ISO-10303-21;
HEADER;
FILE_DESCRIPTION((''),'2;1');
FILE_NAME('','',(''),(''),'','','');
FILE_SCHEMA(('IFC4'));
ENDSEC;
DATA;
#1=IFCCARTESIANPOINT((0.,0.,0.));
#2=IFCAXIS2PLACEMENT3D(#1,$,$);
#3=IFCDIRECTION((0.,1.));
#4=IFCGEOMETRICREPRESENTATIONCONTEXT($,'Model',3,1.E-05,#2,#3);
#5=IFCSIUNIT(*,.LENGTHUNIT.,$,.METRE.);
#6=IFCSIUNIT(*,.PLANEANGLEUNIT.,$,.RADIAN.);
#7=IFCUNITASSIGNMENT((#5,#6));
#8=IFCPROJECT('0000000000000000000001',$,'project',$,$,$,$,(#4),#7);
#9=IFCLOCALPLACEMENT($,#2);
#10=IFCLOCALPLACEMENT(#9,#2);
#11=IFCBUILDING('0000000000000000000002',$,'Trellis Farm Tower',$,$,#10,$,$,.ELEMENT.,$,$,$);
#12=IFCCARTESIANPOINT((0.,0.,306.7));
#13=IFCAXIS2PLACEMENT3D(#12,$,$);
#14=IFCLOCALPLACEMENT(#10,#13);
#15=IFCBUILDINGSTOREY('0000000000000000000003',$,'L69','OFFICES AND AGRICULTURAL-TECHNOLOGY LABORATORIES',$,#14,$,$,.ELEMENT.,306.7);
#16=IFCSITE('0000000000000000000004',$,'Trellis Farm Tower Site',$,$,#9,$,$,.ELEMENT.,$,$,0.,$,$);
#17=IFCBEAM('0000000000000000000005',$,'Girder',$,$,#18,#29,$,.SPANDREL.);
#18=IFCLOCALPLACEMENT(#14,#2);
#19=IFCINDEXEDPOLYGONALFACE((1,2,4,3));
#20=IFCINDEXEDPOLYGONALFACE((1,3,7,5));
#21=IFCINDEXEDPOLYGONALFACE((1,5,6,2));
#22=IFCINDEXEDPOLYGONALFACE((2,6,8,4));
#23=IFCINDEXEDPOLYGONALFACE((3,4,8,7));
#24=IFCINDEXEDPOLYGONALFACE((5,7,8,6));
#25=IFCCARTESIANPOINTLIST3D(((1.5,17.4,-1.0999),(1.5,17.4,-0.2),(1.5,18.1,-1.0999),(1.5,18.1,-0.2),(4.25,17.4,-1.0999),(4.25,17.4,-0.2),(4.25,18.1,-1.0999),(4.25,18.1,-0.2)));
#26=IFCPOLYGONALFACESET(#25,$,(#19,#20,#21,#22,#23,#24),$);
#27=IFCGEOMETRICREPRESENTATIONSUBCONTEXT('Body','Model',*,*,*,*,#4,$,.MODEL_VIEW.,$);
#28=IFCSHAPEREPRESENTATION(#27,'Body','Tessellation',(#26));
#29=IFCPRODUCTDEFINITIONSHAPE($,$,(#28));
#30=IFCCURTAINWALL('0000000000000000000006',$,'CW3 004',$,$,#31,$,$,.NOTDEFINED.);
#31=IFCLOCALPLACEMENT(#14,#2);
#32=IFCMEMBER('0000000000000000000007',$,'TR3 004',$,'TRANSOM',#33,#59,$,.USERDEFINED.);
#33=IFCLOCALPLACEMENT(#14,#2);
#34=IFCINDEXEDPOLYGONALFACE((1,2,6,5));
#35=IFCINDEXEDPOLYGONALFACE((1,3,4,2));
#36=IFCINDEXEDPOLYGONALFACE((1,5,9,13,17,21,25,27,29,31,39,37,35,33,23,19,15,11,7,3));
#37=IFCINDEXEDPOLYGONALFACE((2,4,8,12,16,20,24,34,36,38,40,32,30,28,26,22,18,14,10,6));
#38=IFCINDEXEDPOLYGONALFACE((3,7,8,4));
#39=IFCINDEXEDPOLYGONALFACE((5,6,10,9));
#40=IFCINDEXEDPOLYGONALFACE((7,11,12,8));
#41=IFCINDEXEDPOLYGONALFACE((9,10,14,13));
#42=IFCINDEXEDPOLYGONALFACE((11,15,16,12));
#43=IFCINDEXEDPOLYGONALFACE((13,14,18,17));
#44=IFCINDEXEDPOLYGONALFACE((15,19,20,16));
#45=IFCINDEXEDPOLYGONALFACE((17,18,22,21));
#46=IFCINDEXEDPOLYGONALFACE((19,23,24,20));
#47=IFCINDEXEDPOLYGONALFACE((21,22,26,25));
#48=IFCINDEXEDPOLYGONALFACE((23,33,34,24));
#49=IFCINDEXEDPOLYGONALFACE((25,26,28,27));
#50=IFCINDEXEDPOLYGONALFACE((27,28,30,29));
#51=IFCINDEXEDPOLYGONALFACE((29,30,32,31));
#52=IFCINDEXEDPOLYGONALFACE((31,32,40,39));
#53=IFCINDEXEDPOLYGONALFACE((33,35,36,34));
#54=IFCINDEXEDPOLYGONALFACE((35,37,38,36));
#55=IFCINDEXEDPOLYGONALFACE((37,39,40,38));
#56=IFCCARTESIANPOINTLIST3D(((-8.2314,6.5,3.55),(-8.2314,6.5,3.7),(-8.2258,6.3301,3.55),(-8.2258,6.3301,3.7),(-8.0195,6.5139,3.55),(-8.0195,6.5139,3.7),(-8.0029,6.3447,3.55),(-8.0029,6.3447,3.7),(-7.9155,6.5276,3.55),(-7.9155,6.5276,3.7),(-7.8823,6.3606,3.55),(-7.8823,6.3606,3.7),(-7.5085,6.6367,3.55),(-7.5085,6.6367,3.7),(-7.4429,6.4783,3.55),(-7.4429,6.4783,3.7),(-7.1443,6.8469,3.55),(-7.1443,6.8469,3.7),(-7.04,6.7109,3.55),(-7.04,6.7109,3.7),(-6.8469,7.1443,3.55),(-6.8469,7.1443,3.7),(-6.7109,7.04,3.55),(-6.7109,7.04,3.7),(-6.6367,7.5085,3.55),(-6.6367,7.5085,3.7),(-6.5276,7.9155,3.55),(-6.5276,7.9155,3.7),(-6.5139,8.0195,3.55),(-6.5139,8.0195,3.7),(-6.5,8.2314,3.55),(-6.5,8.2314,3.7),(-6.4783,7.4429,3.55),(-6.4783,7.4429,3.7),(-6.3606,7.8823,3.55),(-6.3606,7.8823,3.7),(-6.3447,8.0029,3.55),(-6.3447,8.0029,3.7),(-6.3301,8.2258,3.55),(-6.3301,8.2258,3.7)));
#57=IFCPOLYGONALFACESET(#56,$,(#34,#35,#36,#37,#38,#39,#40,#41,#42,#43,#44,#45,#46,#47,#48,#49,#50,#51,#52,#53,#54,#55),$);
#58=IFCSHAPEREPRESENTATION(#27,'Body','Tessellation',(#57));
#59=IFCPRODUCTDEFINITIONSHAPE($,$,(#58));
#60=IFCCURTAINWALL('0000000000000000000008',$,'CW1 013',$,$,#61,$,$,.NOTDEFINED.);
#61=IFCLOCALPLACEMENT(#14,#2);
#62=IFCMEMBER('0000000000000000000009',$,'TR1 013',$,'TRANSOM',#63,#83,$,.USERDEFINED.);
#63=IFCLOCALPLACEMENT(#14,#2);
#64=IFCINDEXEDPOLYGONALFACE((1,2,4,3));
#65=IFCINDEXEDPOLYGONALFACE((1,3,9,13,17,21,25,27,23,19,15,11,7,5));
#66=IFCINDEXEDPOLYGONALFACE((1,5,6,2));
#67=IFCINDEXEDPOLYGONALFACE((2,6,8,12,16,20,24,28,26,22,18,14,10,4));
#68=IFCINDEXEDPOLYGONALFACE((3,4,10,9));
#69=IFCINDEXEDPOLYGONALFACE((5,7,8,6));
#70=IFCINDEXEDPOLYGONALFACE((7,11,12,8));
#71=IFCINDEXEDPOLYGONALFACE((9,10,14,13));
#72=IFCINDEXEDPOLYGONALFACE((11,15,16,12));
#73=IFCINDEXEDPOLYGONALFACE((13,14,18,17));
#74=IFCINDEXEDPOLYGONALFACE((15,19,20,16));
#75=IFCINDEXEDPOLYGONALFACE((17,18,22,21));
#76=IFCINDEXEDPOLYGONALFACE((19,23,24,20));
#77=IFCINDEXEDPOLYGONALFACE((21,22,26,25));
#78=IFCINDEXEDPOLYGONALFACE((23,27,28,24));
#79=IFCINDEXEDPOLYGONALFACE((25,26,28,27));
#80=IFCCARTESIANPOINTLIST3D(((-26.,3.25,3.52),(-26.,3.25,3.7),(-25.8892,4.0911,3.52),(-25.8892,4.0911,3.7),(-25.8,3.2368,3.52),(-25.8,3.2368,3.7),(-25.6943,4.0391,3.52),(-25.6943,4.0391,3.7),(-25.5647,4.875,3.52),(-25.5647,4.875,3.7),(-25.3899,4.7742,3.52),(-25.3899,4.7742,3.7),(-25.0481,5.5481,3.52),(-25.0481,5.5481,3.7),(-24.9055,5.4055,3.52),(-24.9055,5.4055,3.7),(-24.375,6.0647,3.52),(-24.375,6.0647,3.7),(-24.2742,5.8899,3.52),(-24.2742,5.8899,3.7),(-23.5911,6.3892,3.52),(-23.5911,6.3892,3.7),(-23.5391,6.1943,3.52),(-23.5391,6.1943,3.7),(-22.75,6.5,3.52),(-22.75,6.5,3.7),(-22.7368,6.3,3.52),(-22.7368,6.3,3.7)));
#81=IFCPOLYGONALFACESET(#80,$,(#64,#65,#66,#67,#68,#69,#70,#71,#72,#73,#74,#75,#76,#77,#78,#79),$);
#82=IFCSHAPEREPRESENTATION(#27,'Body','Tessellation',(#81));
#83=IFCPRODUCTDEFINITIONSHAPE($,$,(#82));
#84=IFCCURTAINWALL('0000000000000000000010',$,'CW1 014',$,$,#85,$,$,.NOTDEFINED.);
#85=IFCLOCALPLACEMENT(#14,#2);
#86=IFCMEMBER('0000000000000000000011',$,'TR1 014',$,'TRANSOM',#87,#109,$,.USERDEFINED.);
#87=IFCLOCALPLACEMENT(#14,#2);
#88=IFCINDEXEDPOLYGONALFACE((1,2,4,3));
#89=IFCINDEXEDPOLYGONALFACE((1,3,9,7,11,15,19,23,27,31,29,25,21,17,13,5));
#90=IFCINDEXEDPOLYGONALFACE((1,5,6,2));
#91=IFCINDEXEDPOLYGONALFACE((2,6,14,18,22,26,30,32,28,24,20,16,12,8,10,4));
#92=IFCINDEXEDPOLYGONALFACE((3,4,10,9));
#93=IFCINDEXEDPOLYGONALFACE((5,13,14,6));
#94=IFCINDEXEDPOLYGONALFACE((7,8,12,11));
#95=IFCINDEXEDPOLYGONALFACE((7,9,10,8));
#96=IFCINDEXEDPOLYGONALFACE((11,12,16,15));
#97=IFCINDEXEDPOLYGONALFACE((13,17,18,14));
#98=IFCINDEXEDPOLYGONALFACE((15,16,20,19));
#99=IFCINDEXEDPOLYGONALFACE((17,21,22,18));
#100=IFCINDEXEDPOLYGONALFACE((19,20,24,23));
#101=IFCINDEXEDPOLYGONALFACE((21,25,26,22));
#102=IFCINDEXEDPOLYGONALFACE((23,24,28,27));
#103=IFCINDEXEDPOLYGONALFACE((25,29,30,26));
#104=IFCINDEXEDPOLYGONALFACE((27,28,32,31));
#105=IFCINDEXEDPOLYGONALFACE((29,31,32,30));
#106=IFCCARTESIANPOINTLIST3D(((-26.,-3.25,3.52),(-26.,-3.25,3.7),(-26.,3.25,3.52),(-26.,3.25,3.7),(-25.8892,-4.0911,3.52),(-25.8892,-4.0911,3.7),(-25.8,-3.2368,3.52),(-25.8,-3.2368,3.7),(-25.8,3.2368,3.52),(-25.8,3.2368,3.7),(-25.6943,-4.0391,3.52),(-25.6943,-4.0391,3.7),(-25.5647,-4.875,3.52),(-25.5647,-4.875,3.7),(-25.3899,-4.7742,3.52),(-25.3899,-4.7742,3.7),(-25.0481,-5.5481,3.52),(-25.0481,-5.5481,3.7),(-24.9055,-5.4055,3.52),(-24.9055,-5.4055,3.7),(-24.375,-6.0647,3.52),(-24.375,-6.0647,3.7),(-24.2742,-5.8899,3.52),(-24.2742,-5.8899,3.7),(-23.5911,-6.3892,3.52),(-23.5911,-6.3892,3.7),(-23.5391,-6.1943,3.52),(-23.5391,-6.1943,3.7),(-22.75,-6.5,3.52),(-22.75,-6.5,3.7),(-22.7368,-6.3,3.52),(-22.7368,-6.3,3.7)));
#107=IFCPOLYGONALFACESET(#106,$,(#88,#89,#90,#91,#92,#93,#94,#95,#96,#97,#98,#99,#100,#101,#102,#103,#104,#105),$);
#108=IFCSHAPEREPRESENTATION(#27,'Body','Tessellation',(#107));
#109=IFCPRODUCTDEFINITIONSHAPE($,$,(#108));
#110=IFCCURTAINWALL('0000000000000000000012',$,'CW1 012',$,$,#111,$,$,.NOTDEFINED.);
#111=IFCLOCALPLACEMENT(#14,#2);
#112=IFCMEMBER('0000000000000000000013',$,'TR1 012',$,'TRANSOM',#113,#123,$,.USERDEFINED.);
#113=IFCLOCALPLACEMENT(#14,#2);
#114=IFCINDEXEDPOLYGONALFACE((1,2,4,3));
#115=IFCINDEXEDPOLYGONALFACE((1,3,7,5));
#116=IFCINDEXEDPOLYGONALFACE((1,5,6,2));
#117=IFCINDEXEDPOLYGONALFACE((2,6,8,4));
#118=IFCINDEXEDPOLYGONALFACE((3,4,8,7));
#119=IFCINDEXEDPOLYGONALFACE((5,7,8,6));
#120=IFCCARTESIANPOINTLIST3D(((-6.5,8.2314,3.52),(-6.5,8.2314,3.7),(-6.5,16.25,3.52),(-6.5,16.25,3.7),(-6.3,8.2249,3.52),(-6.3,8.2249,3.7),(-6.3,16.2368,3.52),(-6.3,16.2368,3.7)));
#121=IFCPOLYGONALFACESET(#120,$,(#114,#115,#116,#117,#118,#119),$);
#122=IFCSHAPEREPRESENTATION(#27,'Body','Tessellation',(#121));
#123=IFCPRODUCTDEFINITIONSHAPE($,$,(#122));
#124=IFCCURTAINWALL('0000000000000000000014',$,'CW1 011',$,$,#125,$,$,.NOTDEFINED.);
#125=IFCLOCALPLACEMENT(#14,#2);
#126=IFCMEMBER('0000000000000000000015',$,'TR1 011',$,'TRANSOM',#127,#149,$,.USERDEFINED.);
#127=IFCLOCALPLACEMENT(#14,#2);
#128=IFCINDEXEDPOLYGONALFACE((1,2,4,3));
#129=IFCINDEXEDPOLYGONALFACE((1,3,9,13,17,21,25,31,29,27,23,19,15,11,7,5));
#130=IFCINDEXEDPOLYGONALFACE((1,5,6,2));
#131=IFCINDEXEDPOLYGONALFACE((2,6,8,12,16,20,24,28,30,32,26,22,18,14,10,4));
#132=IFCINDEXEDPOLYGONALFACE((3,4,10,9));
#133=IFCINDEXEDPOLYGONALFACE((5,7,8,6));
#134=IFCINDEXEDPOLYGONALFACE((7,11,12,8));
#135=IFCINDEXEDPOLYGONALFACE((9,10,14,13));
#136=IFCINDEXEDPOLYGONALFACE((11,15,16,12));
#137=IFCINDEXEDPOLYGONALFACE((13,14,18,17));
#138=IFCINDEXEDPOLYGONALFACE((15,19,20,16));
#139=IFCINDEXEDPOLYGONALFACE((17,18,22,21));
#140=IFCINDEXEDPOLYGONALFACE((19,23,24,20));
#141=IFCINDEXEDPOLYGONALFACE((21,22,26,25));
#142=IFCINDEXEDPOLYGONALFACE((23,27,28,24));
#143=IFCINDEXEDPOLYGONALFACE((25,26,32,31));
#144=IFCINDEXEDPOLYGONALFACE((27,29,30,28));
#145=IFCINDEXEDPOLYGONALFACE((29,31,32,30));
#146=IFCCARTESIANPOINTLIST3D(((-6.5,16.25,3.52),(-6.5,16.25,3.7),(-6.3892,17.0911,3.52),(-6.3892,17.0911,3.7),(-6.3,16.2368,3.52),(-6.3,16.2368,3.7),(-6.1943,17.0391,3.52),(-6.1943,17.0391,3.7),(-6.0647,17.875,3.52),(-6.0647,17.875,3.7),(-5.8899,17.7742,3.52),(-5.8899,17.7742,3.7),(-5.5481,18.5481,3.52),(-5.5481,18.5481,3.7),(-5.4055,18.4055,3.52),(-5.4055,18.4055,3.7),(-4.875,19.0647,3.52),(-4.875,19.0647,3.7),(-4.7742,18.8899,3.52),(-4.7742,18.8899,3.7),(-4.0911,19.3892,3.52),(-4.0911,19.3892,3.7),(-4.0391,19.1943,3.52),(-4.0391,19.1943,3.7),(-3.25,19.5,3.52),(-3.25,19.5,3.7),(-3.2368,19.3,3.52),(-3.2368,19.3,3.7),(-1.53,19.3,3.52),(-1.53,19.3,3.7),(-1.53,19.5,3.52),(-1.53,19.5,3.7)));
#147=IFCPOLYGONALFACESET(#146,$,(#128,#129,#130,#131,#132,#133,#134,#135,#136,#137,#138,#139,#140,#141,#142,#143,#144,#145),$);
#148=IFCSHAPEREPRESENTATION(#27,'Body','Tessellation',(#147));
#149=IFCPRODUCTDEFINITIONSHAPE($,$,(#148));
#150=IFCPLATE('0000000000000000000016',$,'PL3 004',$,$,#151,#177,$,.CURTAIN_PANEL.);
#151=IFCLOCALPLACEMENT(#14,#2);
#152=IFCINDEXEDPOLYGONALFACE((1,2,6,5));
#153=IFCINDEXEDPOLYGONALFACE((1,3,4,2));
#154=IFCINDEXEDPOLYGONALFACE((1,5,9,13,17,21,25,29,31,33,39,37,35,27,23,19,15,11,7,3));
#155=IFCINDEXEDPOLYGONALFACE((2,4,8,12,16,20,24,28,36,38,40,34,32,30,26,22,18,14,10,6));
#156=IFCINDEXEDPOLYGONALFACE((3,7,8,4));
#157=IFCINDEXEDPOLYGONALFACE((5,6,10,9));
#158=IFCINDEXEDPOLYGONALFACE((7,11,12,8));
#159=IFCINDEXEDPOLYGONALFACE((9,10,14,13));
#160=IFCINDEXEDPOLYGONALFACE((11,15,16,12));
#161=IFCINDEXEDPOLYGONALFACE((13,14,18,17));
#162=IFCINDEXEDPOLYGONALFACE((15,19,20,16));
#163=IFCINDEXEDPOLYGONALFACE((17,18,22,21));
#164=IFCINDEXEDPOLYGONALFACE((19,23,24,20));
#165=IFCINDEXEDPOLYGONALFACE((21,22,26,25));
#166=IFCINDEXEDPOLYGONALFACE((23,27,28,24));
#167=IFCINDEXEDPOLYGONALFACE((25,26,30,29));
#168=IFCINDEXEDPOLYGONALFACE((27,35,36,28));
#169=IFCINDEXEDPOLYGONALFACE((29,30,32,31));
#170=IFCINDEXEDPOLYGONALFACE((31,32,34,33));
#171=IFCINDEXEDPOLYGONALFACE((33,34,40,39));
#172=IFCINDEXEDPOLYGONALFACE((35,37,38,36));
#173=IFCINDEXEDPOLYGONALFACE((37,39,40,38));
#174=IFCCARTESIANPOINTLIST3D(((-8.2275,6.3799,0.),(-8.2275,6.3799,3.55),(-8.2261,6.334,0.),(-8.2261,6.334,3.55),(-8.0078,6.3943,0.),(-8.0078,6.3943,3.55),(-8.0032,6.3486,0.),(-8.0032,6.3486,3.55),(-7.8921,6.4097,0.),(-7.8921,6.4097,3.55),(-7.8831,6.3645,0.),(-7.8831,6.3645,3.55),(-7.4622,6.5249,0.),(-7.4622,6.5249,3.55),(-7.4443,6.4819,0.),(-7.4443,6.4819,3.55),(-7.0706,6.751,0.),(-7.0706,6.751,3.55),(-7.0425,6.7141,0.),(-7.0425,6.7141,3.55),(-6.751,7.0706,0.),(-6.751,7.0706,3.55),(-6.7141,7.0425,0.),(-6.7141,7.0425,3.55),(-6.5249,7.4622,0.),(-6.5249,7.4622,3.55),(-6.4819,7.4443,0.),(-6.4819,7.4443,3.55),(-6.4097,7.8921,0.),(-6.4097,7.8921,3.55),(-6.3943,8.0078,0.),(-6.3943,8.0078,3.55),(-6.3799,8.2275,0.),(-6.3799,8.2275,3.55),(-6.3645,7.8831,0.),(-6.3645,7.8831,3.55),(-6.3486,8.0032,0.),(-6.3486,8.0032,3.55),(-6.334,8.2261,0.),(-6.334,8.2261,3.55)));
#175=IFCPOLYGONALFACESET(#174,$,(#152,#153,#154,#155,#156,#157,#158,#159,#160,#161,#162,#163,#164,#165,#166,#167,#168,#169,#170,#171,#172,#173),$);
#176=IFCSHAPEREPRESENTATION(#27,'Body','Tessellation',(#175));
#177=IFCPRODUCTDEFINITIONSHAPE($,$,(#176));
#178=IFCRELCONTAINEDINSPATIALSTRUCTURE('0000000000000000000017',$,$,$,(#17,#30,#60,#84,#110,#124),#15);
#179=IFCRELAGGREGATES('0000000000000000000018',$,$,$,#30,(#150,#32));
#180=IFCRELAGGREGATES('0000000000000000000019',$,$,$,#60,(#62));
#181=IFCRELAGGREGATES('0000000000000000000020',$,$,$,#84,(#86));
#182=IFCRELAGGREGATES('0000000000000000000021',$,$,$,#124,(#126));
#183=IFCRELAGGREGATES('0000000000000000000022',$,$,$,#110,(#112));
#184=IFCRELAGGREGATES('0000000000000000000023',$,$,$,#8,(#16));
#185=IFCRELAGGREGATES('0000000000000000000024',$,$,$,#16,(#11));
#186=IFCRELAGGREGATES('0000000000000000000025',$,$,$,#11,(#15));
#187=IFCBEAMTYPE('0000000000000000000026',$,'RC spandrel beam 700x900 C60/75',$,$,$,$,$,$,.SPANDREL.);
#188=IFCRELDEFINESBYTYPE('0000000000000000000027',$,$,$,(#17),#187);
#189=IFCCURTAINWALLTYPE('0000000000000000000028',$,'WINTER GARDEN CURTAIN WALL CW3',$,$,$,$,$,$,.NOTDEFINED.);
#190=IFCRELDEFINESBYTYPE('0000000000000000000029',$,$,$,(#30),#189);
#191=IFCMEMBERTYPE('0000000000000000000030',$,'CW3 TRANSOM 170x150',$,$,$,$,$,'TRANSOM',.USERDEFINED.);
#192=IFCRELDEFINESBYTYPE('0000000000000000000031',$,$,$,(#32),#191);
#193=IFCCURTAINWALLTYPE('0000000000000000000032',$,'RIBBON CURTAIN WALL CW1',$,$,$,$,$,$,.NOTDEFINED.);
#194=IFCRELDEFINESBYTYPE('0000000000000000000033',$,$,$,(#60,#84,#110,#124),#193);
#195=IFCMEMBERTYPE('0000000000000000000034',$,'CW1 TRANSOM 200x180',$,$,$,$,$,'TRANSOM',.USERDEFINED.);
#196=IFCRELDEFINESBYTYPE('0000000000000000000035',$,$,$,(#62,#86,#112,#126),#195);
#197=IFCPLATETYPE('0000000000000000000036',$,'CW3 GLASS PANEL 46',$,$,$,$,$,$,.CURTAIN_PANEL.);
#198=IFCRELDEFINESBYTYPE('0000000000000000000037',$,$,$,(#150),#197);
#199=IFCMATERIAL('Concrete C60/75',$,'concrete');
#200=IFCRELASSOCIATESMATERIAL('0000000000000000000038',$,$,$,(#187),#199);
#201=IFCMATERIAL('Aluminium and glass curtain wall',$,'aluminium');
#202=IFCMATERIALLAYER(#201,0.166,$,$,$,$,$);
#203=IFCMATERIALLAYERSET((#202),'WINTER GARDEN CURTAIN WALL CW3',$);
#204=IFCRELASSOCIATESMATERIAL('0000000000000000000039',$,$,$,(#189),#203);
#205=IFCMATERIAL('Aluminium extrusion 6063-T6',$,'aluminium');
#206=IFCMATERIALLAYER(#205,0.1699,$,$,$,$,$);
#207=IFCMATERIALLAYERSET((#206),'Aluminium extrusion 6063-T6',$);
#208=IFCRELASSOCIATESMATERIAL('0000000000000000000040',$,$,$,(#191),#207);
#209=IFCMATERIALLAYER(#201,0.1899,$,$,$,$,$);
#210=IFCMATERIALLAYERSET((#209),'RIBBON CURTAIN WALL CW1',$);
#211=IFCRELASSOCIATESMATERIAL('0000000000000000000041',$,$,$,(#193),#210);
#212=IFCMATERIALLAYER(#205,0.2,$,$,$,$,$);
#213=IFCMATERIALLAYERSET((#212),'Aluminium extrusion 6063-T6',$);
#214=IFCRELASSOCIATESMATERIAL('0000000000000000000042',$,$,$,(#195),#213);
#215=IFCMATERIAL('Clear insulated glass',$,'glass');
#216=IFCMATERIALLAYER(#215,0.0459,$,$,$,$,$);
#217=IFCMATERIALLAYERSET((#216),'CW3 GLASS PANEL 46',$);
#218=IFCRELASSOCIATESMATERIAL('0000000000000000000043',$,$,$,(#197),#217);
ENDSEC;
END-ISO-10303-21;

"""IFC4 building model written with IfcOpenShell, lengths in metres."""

from ifc_helpers import new_model, si_unit, direction, frame, origin, origin_2d, place, context, subcontext, project, spatial, polyline, rectangle, outline, extrude, source, transform, mapped, material, layer, layer_set, material_profile, profile_set, type_object, element, aggregate, save


model = new_model("IFC4")

# Units and contexts
model_context = context("Model", 3, precision=1e-05, world=origin(), true_north=direction((0.0, 1.0)))
body_context = subcontext(model_context, "Body", "Model", "MODEL_VIEW")
ifc_project = project(units=[si_unit("LENGTHUNIT", "METRE"), si_unit("PLANEANGLEUNIT", "RADIAN")], contexts=[model_context])

# Site, building, storey
site_placement = place(None, origin())
site = spatial("IfcSite", under=ifc_project, at=site_placement, Name="Trellis Farm Tower Site", CompositionType="ELEMENT", RefElevation=0.0)
building_placement = place(site_placement, origin())
building = spatial("IfcBuilding", under=site, at=building_placement, Name="Trellis Farm Tower", CompositionType="ELEMENT")
storey_placement = place(building_placement, frame((0.0, 0.0, 306.7)))
storey = spatial("IfcBuildingStorey", under=building, at=storey_placement, Name="L69", Description="OFFICES AND AGRICULTURAL-TECHNOLOGY LABORATORIES", CompositionType="ELEMENT", Elevation=306.7)

# Beam
ifc_material_1 = material(Name="Concrete C60/75", Category="concrete")
ifc_material_profile = material_profile(ifc_material_1, rectangle(XDim=0.7, YDim=0.8999, at=origin_2d()), Name="RC spandrel beam 700x900 C60/75")
ifc_profile_set = profile_set([ifc_material_profile], Name="Concrete C60/75")
beam_type = type_object("IfcBeamType", Name="RC spandrel beam 700x900 C60/75", PredefinedType="SPANDREL", material=ifc_profile_set)
shared_shape_1 = source(origin(), body_context, "Body", "SweptSolid", [
    extrude(rectangle(XDim=0.7, YDim=0.8999, at=origin_2d()), origin(), (0.0, 0.0, 1.0), 2.75),
])
beam_placement = place(storey_placement, frame((1.5, 17.75, -0.6499), z_axis=(1.0, 0.0, 0.0), x_axis=(0.0, 1.0, 0.0)))
element("IfcBeam", 1, at=beam_placement, inside=storey, type_object=beam_type, Name="Girder", PredefinedType="SPANDREL", context=body_context, shape_type="MappedRepresentation", body=[
    mapped(shared_shape_1, transform((0.0, 0.0, 0.0))),
])

# Curtain walls, members
ifc_material_2 = material(Name="Aluminium and glass curtain wall", Category="aluminium")
ifc_layer_1 = layer(ifc_material_2, 0.166)
ifc_layer_set_1 = layer_set([ifc_layer_1], Name="WINTER GARDEN CURTAIN WALL CW3")
curtain_wall_type_1 = type_object("IfcCurtainWallType", Name="WINTER GARDEN CURTAIN WALL CW3", PredefinedType="NOTDEFINED", material=ifc_layer_set_1)
placement_1 = place(storey_placement, origin())
curtain_wall_1 = element("IfcCurtainWall", 2, at=placement_1, inside=storey, type_object=curtain_wall_type_1, Name="CW3 004", PredefinedType="NOTDEFINED")
ifc_material_3 = material(Name="Aluminium extrusion 6063-T6", Category="aluminium")
ifc_layer_2 = layer(ifc_material_3, 0.1699)
ifc_layer_set_2 = layer_set([ifc_layer_2], Name="Aluminium extrusion 6063-T6")
member_type_1 = type_object("IfcMemberType", Name="CW3 TRANSOM 170x150", ElementType="TRANSOM", PredefinedType="USERDEFINED", material=ifc_layer_set_2)
shared_shape_2 = source(origin(), body_context, "Body", "SweptSolid", [
    extrude(outline(polyline([(-6.5, 8.2314), (-6.5139, 8.0195), (-6.5276, 7.9155), (-6.6367, 7.5085), (-6.8469, 7.1443), (-7.1443, 6.8469), (-7.5085, 6.6367), (-7.9155, 6.5276), (-8.0195, 6.5139), (-8.2314, 6.5), (-8.2258, 6.3301), (-8.0029, 6.3447), (-7.8823, 6.3606), (-7.4429, 6.4783), (-7.04, 6.7109), (-6.7109, 7.04), (-6.4783, 7.4429), (-6.3606, 7.8823), (-6.3447, 8.0029), (-6.3301, 8.2258), (-6.5, 8.2314)])), origin(), (0.0, 0.0, 1.0), 0.1499),
])
member_1_placement = place(storey_placement, frame((0.0, 0.0, 3.55)))
member_1 = element("IfcMember", 3, at=member_1_placement, type_object=member_type_1, Name="TR3 004", ObjectType="TRANSOM", PredefinedType="USERDEFINED", context=body_context, shape_type="MappedRepresentation", body=[
    mapped(shared_shape_2, transform((0.0, 0.0, 0.0))),
])
ifc_layer_3 = layer(ifc_material_2, 0.1899)
ifc_layer_set_3 = layer_set([ifc_layer_3], Name="RIBBON CURTAIN WALL CW1")
curtain_wall_type_2 = type_object("IfcCurtainWallType", Name="RIBBON CURTAIN WALL CW1", PredefinedType="NOTDEFINED", material=ifc_layer_set_3)
curtain_wall_2 = element("IfcCurtainWall", 4, at=placement_1, inside=storey, type_object=curtain_wall_type_2, Name="CW1 013", PredefinedType="NOTDEFINED")
ifc_layer_4 = layer(ifc_material_3, 0.2)
ifc_layer_set_4 = layer_set([ifc_layer_4], Name="Aluminium extrusion 6063-T6")
member_type_2 = type_object("IfcMemberType", Name="CW1 TRANSOM 200x180", ElementType="TRANSOM", PredefinedType="USERDEFINED", material=ifc_layer_set_4)
shared_shape_3 = source(origin(), body_context, "Body", "SweptSolid", [
    extrude(outline(polyline([(-22.75, 6.5), (-23.5911, 6.3892), (-24.375, 6.0647), (-25.0481, 5.5481), (-25.5647, 4.875), (-25.8892, 4.0911), (-26.0, 3.25), (-25.8, 3.2368), (-25.6943, 4.0391), (-25.3899, 4.7742), (-24.9055, 5.4055), (-24.2742, 5.8899), (-23.5391, 6.1943), (-22.7368, 6.3), (-22.75, 6.5)])), origin(), (0.0, 0.0, 1.0), 0.1799),
])
placement_2 = place(storey_placement, frame((0.0, 0.0, 3.52)))
member_2 = element("IfcMember", 5, at=placement_2, type_object=member_type_2, Name="TR1 013", ObjectType="TRANSOM", PredefinedType="USERDEFINED", context=body_context, shape_type="MappedRepresentation", body=[
    mapped(shared_shape_3, transform((0.0, 0.0, 0.0))),
])
curtain_wall_3 = element("IfcCurtainWall", 6, at=placement_1, inside=storey, type_object=curtain_wall_type_2, Name="CW1 014", PredefinedType="NOTDEFINED")
shared_shape_4 = source(origin(), body_context, "Body", "SweptSolid", [
    extrude(outline(polyline([(-26.0, 3.25), (-26.0, -3.25), (-25.8892, -4.0911), (-25.5647, -4.875), (-25.0481, -5.5481), (-24.375, -6.0647), (-23.5911, -6.3892), (-22.75, -6.5), (-22.7368, -6.3), (-23.5391, -6.1943), (-24.2742, -5.8899), (-24.9055, -5.4055), (-25.3899, -4.7742), (-25.6943, -4.0391), (-25.8, -3.2368), (-25.8, 3.2368), (-26.0, 3.25)])), origin(), (0.0, 0.0, 1.0), 0.1799),
])
member_3 = element("IfcMember", 7, at=placement_2, type_object=member_type_2, Name="TR1 014", ObjectType="TRANSOM", PredefinedType="USERDEFINED", context=body_context, shape_type="MappedRepresentation", body=[
    mapped(shared_shape_4, transform((0.0, 0.0, 0.0))),
])
curtain_wall_4 = element("IfcCurtainWall", 8, at=placement_1, inside=storey, type_object=curtain_wall_type_2, Name="CW1 012", PredefinedType="NOTDEFINED")
shared_shape_5 = source(origin(), body_context, "Body", "SweptSolid", [
    extrude(outline(polyline([(-6.5, 16.25), (-6.5, 8.2314), (-6.3, 8.2249), (-6.3, 16.2368), (-6.5, 16.25)])), origin(), (0.0, 0.0, 1.0), 0.1799),
])
member_4 = element("IfcMember", 9, at=placement_2, type_object=member_type_2, Name="TR1 012", ObjectType="TRANSOM", PredefinedType="USERDEFINED", context=body_context, shape_type="MappedRepresentation", body=[
    mapped(shared_shape_5, transform((0.0, 0.0, 0.0))),
])
curtain_wall_5 = element("IfcCurtainWall", 10, at=placement_1, inside=storey, type_object=curtain_wall_type_2, Name="CW1 011", PredefinedType="NOTDEFINED")
shared_shape_6 = source(origin(), body_context, "Body", "SweptSolid", [
    extrude(outline(polyline([(-1.53, 19.5), (-3.25, 19.5), (-4.0911, 19.3892), (-4.875, 19.0647), (-5.5481, 18.5481), (-6.0647, 17.875), (-6.3892, 17.0911), (-6.5, 16.25), (-6.3, 16.2368), (-6.1943, 17.0391), (-5.8899, 17.7742), (-5.4055, 18.4055), (-4.7742, 18.8899), (-4.0391, 19.1943), (-3.2368, 19.3), (-1.53, 19.3), (-1.53, 19.5)])), origin(), (0.0, 0.0, 1.0), 0.1799),
])
member_5 = element("IfcMember", 11, at=placement_2, type_object=member_type_2, Name="TR1 011", ObjectType="TRANSOM", PredefinedType="USERDEFINED", context=body_context, shape_type="MappedRepresentation", body=[
    mapped(shared_shape_6, transform((0.0, 0.0, 0.0))),
])

# Plate
ifc_material_4 = material(Name="Clear insulated glass", Category="glass")
ifc_layer_5 = layer(ifc_material_4, 0.0459)
ifc_layer_set_5 = layer_set([ifc_layer_5], Name="CW3 GLASS PANEL 46")
plate_type_1 = type_object("IfcPlateType", Name="CW3 GLASS PANEL 46", PredefinedType="CURTAIN_PANEL", material=ifc_layer_set_5)
shared_shape_7 = source(origin(), body_context, "Body", "SweptSolid", [
    extrude(outline(polyline([(-6.3799, 8.2275), (-6.3943, 8.0078), (-6.4097, 7.8921), (-6.5249, 7.4622), (-6.751, 7.0706), (-7.0706, 6.751), (-7.4622, 6.5249), (-7.8921, 6.4097), (-8.0078, 6.3943), (-8.2275, 6.3799), (-8.2261, 6.334), (-8.0032, 6.3486), (-7.8831, 6.3645), (-7.4443, 6.4819), (-7.0425, 6.7141), (-6.7141, 7.0425), (-6.4819, 7.4443), (-6.3645, 7.8831), (-6.3486, 8.0032), (-6.334, 8.2261), (-6.3799, 8.2275)])), origin(), (0.0, 0.0, 1.0), 3.55),
])
plate_1 = element("IfcPlate", 12, at=placement_1, type_object=plate_type_1, Name="PL3 004", PredefinedType="CURTAIN_PANEL", context=body_context, shape_type="MappedRepresentation", body=[
    mapped(shared_shape_7, transform((0.0, 0.0, 0.0))),
])
aggregate(curtain_wall_1, [plate_1, member_1])
aggregate(curtain_wall_2, [member_2])
aggregate(curtain_wall_3, [member_3])
aggregate(curtain_wall_5, [member_5])
aggregate(curtain_wall_4, [member_4])

save(model, "model.ifc")
